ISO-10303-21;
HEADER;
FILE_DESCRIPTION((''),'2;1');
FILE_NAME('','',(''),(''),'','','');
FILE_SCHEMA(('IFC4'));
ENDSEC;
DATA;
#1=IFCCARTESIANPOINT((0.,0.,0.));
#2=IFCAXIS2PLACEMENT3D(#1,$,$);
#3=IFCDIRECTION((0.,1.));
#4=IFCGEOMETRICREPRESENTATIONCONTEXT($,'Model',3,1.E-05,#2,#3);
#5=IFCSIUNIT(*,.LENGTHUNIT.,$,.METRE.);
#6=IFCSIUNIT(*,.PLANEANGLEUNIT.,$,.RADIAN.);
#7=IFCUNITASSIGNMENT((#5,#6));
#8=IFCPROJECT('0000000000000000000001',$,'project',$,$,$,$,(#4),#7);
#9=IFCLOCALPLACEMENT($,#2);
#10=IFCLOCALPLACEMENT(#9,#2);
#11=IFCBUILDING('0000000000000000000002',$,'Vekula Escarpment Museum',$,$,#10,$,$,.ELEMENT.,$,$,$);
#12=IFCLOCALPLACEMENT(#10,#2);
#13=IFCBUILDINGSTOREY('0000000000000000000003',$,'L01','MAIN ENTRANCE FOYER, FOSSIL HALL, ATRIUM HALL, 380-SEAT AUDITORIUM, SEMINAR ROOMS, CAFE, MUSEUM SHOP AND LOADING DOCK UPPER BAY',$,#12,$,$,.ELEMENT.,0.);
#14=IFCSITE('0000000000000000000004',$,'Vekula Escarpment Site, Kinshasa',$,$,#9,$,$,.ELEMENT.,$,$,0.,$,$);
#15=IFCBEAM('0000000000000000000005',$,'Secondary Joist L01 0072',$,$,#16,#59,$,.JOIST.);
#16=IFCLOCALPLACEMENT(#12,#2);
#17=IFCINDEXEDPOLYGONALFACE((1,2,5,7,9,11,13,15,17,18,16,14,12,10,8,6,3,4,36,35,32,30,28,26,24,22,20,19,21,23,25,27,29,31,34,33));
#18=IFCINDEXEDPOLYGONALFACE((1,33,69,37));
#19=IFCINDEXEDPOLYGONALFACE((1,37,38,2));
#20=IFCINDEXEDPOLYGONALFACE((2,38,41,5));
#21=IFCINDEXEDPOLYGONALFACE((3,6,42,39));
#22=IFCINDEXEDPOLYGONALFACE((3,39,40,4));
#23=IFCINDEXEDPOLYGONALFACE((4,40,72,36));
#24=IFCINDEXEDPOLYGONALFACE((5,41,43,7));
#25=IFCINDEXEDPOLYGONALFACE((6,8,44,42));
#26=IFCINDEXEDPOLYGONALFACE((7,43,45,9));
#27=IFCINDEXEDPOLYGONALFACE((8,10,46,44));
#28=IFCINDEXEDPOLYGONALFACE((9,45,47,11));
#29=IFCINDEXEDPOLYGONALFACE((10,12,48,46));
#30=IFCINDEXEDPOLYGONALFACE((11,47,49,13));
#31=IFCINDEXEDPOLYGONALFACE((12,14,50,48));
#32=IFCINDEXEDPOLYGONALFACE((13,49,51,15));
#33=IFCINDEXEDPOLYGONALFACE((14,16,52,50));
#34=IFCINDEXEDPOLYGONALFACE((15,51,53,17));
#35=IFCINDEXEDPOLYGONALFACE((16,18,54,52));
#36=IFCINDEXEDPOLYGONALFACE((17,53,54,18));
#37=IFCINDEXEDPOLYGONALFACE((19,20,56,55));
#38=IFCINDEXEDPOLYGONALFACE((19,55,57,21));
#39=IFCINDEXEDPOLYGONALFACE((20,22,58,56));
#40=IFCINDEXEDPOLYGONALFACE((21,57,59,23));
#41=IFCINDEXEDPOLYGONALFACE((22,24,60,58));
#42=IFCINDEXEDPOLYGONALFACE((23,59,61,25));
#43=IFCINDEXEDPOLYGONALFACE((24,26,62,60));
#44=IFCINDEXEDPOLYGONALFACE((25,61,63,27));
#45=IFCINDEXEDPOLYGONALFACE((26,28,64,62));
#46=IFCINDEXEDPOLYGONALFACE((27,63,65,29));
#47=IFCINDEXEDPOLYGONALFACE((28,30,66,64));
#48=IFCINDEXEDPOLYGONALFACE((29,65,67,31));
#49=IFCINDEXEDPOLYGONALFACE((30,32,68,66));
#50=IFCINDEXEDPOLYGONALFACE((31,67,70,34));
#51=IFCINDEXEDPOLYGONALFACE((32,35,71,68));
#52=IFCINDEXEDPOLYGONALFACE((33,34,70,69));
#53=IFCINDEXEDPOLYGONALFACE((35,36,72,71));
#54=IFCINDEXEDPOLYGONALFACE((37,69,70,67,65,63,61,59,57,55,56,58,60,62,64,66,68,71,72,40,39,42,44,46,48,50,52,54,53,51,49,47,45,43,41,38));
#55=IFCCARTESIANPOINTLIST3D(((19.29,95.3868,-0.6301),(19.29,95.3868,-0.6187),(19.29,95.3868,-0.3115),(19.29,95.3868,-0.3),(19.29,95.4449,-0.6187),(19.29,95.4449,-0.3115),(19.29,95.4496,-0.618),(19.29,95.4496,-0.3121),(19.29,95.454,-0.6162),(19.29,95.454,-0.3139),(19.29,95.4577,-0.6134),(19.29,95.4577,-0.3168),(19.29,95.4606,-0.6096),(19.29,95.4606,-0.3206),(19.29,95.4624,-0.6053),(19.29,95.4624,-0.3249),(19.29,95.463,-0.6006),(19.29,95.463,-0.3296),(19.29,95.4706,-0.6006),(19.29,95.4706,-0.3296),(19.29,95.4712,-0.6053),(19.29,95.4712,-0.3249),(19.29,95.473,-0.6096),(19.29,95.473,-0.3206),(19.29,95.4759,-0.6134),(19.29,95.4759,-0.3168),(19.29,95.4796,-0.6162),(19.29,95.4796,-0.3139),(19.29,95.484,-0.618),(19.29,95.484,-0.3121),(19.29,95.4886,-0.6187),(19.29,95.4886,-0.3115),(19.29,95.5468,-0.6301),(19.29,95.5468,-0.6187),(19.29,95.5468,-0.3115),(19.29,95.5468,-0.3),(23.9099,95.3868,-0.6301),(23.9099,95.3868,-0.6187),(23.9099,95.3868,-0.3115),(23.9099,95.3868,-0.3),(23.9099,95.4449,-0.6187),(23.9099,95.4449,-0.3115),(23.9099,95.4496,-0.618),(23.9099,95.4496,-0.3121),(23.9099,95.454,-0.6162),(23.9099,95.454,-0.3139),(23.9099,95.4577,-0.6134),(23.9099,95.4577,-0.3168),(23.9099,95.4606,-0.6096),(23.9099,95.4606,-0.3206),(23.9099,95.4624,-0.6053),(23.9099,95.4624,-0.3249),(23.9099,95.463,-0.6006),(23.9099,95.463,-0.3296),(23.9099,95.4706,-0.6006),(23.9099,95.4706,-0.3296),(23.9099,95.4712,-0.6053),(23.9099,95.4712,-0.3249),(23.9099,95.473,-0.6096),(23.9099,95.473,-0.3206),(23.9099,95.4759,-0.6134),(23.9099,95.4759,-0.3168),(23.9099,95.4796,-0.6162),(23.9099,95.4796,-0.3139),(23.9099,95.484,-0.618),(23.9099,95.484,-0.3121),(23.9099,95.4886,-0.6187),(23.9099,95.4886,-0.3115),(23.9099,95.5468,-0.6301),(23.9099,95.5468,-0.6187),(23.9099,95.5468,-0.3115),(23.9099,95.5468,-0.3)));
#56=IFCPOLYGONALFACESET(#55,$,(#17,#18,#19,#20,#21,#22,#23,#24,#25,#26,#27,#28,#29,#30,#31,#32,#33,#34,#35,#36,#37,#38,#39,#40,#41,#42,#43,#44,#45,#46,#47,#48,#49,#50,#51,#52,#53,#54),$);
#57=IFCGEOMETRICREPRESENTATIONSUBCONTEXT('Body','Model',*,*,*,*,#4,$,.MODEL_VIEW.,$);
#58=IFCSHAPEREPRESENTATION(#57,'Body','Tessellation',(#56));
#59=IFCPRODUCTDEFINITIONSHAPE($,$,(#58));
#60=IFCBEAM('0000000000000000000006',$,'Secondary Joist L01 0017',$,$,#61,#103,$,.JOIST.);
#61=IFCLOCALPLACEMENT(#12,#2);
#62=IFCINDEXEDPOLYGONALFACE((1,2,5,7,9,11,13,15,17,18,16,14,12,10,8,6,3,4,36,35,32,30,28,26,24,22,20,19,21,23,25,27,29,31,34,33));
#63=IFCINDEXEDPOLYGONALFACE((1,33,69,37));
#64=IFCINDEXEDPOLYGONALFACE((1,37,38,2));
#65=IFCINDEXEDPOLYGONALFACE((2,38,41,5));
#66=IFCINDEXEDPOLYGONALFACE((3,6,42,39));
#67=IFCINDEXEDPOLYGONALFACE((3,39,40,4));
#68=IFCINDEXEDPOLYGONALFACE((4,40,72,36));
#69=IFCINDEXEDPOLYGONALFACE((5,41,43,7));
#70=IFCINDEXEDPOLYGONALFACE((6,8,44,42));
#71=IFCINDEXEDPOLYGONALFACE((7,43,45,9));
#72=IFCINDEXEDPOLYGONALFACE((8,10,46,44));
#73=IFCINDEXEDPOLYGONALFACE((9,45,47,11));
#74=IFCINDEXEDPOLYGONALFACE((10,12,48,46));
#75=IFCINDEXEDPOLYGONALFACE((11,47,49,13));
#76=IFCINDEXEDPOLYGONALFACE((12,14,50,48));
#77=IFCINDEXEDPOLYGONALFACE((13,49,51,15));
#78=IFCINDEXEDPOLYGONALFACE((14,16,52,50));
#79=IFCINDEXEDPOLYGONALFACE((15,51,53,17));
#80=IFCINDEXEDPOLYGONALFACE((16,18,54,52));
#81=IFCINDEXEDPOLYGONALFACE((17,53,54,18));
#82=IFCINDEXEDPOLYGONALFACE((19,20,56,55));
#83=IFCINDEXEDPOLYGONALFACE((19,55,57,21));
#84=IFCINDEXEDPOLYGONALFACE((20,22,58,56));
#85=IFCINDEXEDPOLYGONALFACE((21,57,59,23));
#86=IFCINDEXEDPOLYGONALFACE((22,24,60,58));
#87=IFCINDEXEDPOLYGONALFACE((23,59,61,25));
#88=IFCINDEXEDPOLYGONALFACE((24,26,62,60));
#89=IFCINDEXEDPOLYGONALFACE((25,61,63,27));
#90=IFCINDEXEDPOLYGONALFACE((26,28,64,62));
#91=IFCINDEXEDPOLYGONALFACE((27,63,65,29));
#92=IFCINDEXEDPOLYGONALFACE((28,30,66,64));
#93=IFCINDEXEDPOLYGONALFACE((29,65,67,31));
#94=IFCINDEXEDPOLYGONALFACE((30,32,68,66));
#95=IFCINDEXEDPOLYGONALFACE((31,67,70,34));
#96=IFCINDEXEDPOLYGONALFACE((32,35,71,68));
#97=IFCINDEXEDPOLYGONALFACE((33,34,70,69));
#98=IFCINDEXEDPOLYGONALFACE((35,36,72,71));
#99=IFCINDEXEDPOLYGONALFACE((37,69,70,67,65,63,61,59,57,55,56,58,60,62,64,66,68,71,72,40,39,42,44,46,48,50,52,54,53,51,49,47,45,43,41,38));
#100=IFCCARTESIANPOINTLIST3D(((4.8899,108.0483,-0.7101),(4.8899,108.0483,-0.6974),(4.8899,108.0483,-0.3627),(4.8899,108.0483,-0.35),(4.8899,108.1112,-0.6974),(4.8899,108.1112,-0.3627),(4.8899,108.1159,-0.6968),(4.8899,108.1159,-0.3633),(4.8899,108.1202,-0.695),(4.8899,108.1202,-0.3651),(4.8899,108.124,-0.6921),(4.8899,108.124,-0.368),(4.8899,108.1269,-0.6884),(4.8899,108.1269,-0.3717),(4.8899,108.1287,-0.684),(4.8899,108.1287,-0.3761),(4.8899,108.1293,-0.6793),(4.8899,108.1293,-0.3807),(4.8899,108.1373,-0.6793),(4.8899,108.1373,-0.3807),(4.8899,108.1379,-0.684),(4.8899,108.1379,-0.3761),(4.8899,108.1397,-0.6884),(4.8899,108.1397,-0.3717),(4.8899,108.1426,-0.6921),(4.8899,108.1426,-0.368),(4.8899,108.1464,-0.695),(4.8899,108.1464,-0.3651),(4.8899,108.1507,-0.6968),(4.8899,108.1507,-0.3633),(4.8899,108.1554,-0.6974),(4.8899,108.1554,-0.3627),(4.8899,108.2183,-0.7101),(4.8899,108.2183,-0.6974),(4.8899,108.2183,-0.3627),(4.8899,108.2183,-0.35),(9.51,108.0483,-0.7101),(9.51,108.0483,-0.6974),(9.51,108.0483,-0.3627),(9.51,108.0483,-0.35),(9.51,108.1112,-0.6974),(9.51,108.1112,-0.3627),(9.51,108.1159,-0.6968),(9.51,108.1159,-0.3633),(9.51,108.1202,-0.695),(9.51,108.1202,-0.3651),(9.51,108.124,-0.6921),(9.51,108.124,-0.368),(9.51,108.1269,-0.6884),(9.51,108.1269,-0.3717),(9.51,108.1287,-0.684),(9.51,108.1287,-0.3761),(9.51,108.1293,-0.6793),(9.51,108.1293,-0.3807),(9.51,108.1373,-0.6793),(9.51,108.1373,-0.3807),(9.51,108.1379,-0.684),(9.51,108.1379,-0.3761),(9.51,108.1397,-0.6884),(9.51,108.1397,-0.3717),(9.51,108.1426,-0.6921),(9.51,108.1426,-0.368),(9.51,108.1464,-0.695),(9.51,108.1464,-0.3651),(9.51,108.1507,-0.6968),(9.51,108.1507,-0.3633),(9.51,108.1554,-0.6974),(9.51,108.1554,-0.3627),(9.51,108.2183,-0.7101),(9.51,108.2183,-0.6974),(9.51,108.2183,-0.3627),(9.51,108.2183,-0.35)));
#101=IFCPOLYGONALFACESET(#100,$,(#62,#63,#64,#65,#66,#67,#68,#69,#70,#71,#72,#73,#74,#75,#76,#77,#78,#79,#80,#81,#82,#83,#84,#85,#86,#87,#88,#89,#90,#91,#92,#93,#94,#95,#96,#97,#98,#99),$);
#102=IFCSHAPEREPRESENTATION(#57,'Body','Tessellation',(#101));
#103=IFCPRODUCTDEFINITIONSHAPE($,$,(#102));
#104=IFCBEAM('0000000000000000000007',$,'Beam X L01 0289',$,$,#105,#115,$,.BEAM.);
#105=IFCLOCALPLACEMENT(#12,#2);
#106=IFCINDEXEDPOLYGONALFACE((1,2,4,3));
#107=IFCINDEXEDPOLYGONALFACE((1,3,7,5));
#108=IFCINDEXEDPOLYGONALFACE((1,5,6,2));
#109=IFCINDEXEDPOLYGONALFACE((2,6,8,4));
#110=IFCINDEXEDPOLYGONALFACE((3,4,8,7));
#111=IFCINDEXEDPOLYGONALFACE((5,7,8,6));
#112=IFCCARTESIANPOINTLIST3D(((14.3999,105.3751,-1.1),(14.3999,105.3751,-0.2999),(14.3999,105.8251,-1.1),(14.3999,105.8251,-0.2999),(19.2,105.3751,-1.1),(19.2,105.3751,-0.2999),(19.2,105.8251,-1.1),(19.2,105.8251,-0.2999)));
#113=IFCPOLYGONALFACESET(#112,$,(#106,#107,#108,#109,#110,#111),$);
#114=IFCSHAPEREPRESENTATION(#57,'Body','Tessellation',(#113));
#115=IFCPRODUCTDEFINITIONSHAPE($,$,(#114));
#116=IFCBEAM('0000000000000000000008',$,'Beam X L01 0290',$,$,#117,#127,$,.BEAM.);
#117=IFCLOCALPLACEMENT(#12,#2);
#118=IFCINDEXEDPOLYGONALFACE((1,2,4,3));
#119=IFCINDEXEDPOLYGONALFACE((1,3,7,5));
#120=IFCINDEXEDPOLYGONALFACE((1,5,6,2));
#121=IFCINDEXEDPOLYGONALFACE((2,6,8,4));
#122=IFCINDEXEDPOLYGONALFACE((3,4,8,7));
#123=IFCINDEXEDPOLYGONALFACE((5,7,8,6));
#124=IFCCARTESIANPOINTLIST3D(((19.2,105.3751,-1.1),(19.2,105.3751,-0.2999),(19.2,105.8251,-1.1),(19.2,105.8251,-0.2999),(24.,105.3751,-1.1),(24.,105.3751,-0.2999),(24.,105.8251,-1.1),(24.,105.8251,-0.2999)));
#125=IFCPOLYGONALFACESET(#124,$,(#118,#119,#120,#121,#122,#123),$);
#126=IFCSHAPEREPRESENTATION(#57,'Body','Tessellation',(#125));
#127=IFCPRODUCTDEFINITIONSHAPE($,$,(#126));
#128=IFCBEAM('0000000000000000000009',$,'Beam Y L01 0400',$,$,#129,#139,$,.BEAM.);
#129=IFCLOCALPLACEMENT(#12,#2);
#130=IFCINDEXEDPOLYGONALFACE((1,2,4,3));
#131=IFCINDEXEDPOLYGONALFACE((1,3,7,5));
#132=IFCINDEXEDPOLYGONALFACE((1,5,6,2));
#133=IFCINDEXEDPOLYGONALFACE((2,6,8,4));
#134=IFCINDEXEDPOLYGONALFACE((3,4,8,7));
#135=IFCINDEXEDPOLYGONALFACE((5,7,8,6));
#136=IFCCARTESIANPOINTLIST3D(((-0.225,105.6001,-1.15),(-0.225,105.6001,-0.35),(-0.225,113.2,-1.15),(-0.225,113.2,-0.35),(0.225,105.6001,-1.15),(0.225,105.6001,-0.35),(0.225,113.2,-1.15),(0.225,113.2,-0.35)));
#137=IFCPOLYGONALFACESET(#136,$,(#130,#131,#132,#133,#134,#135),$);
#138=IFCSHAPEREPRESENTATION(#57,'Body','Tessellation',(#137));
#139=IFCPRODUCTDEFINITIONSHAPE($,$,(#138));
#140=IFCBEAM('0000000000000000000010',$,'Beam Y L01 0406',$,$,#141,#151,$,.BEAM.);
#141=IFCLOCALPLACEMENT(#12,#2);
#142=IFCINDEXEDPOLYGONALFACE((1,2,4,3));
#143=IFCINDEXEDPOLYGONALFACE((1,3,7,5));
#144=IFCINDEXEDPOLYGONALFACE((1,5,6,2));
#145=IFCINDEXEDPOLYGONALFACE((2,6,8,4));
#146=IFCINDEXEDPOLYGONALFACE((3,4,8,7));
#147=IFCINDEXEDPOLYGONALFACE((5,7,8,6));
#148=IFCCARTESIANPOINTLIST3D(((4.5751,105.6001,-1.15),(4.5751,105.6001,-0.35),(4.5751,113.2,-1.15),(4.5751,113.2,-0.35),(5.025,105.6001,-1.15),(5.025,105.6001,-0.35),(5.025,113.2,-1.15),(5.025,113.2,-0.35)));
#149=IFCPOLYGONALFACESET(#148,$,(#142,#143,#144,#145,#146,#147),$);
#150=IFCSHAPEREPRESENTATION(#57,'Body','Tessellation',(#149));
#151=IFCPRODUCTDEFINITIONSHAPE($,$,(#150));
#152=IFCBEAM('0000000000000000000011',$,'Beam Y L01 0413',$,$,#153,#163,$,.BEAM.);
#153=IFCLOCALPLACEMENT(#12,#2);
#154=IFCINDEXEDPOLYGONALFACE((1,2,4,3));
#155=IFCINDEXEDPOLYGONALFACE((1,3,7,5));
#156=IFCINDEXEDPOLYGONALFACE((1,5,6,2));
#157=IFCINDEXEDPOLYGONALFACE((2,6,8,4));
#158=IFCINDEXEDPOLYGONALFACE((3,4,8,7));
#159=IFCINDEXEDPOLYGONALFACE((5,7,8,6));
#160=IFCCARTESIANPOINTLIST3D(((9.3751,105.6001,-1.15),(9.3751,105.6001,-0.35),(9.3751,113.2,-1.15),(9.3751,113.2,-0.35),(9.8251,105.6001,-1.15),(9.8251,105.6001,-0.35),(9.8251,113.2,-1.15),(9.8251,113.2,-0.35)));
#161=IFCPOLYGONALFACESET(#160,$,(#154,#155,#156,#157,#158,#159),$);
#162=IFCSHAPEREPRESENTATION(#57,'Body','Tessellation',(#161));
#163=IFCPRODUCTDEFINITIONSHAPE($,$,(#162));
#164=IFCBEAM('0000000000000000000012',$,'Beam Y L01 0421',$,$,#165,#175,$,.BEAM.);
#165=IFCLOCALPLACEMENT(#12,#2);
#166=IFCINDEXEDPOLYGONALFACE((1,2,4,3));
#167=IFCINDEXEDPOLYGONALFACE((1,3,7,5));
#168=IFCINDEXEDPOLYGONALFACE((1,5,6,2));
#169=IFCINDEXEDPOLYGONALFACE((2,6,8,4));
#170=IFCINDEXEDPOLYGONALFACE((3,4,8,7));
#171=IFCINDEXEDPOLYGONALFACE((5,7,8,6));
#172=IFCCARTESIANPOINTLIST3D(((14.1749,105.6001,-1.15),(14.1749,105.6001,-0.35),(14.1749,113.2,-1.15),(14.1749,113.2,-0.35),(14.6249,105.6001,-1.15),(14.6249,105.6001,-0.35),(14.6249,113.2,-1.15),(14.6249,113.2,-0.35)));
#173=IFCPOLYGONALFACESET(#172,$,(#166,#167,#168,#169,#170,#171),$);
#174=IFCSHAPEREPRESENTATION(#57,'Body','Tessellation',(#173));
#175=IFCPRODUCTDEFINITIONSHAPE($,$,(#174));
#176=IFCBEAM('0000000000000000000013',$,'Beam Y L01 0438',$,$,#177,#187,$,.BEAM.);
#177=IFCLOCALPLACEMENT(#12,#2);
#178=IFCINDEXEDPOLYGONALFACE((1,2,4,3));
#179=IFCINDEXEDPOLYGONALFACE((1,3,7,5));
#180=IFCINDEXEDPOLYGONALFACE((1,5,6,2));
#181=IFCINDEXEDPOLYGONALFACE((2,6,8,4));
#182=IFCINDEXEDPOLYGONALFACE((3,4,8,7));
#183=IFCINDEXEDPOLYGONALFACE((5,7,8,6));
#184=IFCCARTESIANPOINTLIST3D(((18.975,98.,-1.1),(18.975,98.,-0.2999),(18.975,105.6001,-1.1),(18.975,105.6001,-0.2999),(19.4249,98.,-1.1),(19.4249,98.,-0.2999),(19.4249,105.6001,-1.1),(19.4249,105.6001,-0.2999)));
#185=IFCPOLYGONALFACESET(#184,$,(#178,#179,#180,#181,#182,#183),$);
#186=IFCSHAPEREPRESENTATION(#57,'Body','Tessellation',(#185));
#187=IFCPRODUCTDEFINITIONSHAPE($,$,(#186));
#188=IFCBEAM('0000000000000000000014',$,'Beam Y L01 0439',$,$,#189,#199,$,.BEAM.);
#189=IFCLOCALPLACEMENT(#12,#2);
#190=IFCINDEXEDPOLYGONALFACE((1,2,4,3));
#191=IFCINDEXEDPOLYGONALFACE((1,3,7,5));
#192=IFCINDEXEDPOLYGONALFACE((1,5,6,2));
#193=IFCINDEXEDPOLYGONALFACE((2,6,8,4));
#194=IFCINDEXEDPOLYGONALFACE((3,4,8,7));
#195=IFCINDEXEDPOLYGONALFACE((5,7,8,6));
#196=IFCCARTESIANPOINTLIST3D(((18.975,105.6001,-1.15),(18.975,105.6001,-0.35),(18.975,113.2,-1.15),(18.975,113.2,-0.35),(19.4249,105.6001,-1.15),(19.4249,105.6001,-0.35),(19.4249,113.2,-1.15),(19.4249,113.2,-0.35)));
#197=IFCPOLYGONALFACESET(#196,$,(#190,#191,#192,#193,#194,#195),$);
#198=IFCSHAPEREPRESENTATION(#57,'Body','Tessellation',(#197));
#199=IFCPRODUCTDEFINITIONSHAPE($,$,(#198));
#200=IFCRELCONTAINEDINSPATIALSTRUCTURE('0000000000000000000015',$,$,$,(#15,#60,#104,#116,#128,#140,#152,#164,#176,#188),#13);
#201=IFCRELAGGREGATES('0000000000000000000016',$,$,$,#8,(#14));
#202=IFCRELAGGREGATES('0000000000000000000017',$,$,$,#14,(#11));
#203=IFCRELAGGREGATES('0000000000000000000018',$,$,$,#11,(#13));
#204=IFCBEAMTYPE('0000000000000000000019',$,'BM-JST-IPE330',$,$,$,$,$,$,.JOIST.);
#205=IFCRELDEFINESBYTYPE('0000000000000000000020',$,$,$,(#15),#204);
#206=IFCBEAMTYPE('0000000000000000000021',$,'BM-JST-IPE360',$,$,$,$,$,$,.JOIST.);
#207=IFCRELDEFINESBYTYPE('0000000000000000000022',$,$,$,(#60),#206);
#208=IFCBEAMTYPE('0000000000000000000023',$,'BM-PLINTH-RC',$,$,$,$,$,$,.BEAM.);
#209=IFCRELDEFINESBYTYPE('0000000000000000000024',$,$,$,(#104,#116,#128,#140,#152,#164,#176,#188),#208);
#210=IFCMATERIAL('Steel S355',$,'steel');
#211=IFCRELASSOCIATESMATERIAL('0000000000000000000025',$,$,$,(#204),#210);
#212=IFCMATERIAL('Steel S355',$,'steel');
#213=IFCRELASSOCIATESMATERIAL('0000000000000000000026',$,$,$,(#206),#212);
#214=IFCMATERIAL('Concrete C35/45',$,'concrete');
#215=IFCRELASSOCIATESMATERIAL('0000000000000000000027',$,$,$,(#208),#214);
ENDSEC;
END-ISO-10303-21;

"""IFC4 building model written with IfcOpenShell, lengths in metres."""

from ifc_helpers import new_model, si_unit, direction, frame, origin, origin_2d, place, context, subcontext, project, spatial, rectangle, i_section, extrude, material, material_profile, profile_set, type_object, element, save


model = new_model("IFC4")

# Units and contexts
model_context = context("Model", 3, precision=1e-05, world=origin(), true_north=direction((0.0, 1.0)))
body_context = subcontext(model_context, "Body", "Model", "MODEL_VIEW")
ifc_project = project(units=[si_unit("LENGTHUNIT", "METRE"), si_unit("PLANEANGLEUNIT", "RADIAN")], contexts=[model_context])

# Site, building, storey
site_placement = place(None, origin())
site = spatial("IfcSite", under=ifc_project, at=site_placement, Name="Vekula Escarpment Site, Kinshasa", CompositionType="ELEMENT", RefElevation=0.0)
building_placement = place(site_placement, origin())
building = spatial("IfcBuilding", under=site, at=building_placement, Name="Vekula Escarpment Museum", CompositionType="ELEMENT")
storey_placement = place(building_placement, origin())
storey = spatial("IfcBuildingStorey", under=building, at=storey_placement, Name="L01", Description="MAIN ENTRANCE FOYER, FOSSIL HALL, ATRIUM HALL, 380-SEAT AUDITORIUM, SEMINAR ROOMS, CAFE, MUSEUM SHOP AND LOADING DOCK UPPER BAY", CompositionType="ELEMENT", Elevation=0.0)

# Beams
ifc_material_1 = material(Name="Steel S355", Category="steel")
ifc_material_profile_1 = material_profile(ifc_material_1, i_section(OverallWidth=0.1599, OverallDepth=0.3301, WebThickness=0.0076, FlangeThickness=0.0115, FilletRadius=0.0181, at=origin_2d()), Name="IPE 330")
ifc_profile_set_1 = profile_set([ifc_material_profile_1], Name="Steel S355")
beam_type_1 = type_object("IfcBeamType", Name="BM-JST-IPE330", PredefinedType="JOIST", material=ifc_profile_set_1)
for number, where, z_axis, x_axis, name in (
    (1, (19.29, 95.4668, -0.4651), (1.0, 0.0, 0.0), (0.0, 1.0, 0.0), "Secondary Joist L01 0072"),
):
    element("IfcBeam", number, at=place(storey_placement, frame(where, z_axis=z_axis, x_axis=x_axis)), inside=storey, type_object=beam_type_1, Name=name, PredefinedType="JOIST", context=body_context, shape_type="SweptSolid", body=[
        extrude(i_section(OverallWidth=0.1599, OverallDepth=0.3301, WebThickness=0.0076, FlangeThickness=0.0115, FilletRadius=0.0181, at=origin_2d()), origin(), (0.0, 0.0, 1.0), 4.6199),
    ])
ifc_material_2 = material(Name="Steel S355", Category="steel")
ifc_material_profile_2 = material_profile(ifc_material_2, i_section(OverallWidth=0.1699, OverallDepth=0.3601, WebThickness=0.0081, FlangeThickness=0.0127, FilletRadius=0.0181, at=origin_2d()), Name="IPE 360")
ifc_profile_set_2 = profile_set([ifc_material_profile_2], Name="Steel S355")
beam_type_2 = type_object("IfcBeamType", Name="BM-JST-IPE360", PredefinedType="JOIST", material=ifc_profile_set_2)
beam_1_placement = place(storey_placement, frame((4.8899, 108.1333, -0.53), z_axis=(1.0, 0.0, 0.0), x_axis=(0.0, 1.0, 0.0)))
element("IfcBeam", 2, at=beam_1_placement, inside=storey, type_object=beam_type_2, Name="Secondary Joist L01 0017", PredefinedType="JOIST", context=body_context, shape_type="SweptSolid", body=[
    extrude(i_section(OverallWidth=0.1699, OverallDepth=0.3601, WebThickness=0.0081, FlangeThickness=0.0127, FilletRadius=0.0181, at=origin_2d()), origin(), (0.0, 0.0, 1.0), 4.6201),
])
ifc_material_3 = material(Name="Concrete C35/45", Category="concrete")
ifc_material_profile_3 = material_profile(ifc_material_3, rectangle(XDim=0.45, YDim=0.8, at=origin_2d()), Name="RC 450x800")
ifc_profile_set_3 = profile_set([ifc_material_profile_3], Name="Concrete C35/45")
beam_type_3 = type_object("IfcBeamType", Name="BM-PLINTH-RC", PredefinedType="BEAM", material=ifc_profile_set_3)
for number, where, z_axis, x_axis, name in (
    (3, (14.3999, 105.6001, -0.7), (1.0, 0.0, 0.0), (0.0, 1.0, 0.0), "Beam X L01 0289"),
    (4, (19.2, 105.6001, -0.7), (1.0, 0.0, 0.0), (0.0, 1.0, 0.0), "Beam X L01 0290"),
):
    element("IfcBeam", number, at=place(storey_placement, frame(where, z_axis=z_axis, x_axis=x_axis)), inside=storey, type_object=beam_type_3, Name=name, PredefinedType="BEAM", context=body_context, shape_type="SweptSolid", body=[
        extrude(rectangle(XDim=0.45, YDim=0.8, at=origin_2d()), origin(), (0.0, 0.0, 1.0), 4.8),
    ])
for number, where, z_axis, x_axis, name in (
    (5, (0.0, 105.6001, -0.75), (0.0, 1.0, 0.0), (-1.0, 0.0, 0.0), "Beam Y L01 0400"),
    (6, (4.8, 105.6001, -0.75), (0.0, 1.0, 0.0), (-1.0, 0.0, 0.0), "Beam Y L01 0406"),
    (7, (9.6001, 105.6001, -0.75), (0.0, 1.0, 0.0), (-1.0, 0.0, 0.0), "Beam Y L01 0413"),
    (8, (14.3999, 105.6001, -0.75), (0.0, 1.0, 0.0), (-1.0, 0.0, 0.0), "Beam Y L01 0421"),
):
    element("IfcBeam", number, at=place(storey_placement, frame(where, z_axis=z_axis, x_axis=x_axis)), inside=storey, type_object=beam_type_3, Name=name, PredefinedType="BEAM", context=body_context, shape_type="SweptSolid", body=[
        extrude(rectangle(XDim=0.45, YDim=0.8, at=origin_2d()), origin(), (0.0, 0.0, 1.0), 7.5999),
    ])
beam_2_placement = place(storey_placement, frame((19.2, 98.0, -0.7), z_axis=(0.0, 1.0, 0.0), x_axis=(-1.0, 0.0, 0.0)))
element("IfcBeam", 9, at=beam_2_placement, inside=storey, type_object=beam_type_3, Name="Beam Y L01 0438", PredefinedType="BEAM", context=body_context, shape_type="SweptSolid", body=[
    extrude(rectangle(XDim=0.45, YDim=0.8, at=origin_2d()), origin(), (0.0, 0.0, 1.0), 7.6001),
])
beam_3_placement = place(storey_placement, frame((19.2, 105.6001, -0.75), z_axis=(0.0, 1.0, 0.0), x_axis=(-1.0, 0.0, 0.0)))
element("IfcBeam", 10, at=beam_3_placement, inside=storey, type_object=beam_type_3, Name="Beam Y L01 0439", PredefinedType="BEAM", context=body_context, shape_type="SweptSolid", body=[
    extrude(rectangle(XDim=0.45, YDim=0.8, at=origin_2d()), origin(), (0.0, 0.0, 1.0), 7.5999),
])

save(model, "model.ifc")
